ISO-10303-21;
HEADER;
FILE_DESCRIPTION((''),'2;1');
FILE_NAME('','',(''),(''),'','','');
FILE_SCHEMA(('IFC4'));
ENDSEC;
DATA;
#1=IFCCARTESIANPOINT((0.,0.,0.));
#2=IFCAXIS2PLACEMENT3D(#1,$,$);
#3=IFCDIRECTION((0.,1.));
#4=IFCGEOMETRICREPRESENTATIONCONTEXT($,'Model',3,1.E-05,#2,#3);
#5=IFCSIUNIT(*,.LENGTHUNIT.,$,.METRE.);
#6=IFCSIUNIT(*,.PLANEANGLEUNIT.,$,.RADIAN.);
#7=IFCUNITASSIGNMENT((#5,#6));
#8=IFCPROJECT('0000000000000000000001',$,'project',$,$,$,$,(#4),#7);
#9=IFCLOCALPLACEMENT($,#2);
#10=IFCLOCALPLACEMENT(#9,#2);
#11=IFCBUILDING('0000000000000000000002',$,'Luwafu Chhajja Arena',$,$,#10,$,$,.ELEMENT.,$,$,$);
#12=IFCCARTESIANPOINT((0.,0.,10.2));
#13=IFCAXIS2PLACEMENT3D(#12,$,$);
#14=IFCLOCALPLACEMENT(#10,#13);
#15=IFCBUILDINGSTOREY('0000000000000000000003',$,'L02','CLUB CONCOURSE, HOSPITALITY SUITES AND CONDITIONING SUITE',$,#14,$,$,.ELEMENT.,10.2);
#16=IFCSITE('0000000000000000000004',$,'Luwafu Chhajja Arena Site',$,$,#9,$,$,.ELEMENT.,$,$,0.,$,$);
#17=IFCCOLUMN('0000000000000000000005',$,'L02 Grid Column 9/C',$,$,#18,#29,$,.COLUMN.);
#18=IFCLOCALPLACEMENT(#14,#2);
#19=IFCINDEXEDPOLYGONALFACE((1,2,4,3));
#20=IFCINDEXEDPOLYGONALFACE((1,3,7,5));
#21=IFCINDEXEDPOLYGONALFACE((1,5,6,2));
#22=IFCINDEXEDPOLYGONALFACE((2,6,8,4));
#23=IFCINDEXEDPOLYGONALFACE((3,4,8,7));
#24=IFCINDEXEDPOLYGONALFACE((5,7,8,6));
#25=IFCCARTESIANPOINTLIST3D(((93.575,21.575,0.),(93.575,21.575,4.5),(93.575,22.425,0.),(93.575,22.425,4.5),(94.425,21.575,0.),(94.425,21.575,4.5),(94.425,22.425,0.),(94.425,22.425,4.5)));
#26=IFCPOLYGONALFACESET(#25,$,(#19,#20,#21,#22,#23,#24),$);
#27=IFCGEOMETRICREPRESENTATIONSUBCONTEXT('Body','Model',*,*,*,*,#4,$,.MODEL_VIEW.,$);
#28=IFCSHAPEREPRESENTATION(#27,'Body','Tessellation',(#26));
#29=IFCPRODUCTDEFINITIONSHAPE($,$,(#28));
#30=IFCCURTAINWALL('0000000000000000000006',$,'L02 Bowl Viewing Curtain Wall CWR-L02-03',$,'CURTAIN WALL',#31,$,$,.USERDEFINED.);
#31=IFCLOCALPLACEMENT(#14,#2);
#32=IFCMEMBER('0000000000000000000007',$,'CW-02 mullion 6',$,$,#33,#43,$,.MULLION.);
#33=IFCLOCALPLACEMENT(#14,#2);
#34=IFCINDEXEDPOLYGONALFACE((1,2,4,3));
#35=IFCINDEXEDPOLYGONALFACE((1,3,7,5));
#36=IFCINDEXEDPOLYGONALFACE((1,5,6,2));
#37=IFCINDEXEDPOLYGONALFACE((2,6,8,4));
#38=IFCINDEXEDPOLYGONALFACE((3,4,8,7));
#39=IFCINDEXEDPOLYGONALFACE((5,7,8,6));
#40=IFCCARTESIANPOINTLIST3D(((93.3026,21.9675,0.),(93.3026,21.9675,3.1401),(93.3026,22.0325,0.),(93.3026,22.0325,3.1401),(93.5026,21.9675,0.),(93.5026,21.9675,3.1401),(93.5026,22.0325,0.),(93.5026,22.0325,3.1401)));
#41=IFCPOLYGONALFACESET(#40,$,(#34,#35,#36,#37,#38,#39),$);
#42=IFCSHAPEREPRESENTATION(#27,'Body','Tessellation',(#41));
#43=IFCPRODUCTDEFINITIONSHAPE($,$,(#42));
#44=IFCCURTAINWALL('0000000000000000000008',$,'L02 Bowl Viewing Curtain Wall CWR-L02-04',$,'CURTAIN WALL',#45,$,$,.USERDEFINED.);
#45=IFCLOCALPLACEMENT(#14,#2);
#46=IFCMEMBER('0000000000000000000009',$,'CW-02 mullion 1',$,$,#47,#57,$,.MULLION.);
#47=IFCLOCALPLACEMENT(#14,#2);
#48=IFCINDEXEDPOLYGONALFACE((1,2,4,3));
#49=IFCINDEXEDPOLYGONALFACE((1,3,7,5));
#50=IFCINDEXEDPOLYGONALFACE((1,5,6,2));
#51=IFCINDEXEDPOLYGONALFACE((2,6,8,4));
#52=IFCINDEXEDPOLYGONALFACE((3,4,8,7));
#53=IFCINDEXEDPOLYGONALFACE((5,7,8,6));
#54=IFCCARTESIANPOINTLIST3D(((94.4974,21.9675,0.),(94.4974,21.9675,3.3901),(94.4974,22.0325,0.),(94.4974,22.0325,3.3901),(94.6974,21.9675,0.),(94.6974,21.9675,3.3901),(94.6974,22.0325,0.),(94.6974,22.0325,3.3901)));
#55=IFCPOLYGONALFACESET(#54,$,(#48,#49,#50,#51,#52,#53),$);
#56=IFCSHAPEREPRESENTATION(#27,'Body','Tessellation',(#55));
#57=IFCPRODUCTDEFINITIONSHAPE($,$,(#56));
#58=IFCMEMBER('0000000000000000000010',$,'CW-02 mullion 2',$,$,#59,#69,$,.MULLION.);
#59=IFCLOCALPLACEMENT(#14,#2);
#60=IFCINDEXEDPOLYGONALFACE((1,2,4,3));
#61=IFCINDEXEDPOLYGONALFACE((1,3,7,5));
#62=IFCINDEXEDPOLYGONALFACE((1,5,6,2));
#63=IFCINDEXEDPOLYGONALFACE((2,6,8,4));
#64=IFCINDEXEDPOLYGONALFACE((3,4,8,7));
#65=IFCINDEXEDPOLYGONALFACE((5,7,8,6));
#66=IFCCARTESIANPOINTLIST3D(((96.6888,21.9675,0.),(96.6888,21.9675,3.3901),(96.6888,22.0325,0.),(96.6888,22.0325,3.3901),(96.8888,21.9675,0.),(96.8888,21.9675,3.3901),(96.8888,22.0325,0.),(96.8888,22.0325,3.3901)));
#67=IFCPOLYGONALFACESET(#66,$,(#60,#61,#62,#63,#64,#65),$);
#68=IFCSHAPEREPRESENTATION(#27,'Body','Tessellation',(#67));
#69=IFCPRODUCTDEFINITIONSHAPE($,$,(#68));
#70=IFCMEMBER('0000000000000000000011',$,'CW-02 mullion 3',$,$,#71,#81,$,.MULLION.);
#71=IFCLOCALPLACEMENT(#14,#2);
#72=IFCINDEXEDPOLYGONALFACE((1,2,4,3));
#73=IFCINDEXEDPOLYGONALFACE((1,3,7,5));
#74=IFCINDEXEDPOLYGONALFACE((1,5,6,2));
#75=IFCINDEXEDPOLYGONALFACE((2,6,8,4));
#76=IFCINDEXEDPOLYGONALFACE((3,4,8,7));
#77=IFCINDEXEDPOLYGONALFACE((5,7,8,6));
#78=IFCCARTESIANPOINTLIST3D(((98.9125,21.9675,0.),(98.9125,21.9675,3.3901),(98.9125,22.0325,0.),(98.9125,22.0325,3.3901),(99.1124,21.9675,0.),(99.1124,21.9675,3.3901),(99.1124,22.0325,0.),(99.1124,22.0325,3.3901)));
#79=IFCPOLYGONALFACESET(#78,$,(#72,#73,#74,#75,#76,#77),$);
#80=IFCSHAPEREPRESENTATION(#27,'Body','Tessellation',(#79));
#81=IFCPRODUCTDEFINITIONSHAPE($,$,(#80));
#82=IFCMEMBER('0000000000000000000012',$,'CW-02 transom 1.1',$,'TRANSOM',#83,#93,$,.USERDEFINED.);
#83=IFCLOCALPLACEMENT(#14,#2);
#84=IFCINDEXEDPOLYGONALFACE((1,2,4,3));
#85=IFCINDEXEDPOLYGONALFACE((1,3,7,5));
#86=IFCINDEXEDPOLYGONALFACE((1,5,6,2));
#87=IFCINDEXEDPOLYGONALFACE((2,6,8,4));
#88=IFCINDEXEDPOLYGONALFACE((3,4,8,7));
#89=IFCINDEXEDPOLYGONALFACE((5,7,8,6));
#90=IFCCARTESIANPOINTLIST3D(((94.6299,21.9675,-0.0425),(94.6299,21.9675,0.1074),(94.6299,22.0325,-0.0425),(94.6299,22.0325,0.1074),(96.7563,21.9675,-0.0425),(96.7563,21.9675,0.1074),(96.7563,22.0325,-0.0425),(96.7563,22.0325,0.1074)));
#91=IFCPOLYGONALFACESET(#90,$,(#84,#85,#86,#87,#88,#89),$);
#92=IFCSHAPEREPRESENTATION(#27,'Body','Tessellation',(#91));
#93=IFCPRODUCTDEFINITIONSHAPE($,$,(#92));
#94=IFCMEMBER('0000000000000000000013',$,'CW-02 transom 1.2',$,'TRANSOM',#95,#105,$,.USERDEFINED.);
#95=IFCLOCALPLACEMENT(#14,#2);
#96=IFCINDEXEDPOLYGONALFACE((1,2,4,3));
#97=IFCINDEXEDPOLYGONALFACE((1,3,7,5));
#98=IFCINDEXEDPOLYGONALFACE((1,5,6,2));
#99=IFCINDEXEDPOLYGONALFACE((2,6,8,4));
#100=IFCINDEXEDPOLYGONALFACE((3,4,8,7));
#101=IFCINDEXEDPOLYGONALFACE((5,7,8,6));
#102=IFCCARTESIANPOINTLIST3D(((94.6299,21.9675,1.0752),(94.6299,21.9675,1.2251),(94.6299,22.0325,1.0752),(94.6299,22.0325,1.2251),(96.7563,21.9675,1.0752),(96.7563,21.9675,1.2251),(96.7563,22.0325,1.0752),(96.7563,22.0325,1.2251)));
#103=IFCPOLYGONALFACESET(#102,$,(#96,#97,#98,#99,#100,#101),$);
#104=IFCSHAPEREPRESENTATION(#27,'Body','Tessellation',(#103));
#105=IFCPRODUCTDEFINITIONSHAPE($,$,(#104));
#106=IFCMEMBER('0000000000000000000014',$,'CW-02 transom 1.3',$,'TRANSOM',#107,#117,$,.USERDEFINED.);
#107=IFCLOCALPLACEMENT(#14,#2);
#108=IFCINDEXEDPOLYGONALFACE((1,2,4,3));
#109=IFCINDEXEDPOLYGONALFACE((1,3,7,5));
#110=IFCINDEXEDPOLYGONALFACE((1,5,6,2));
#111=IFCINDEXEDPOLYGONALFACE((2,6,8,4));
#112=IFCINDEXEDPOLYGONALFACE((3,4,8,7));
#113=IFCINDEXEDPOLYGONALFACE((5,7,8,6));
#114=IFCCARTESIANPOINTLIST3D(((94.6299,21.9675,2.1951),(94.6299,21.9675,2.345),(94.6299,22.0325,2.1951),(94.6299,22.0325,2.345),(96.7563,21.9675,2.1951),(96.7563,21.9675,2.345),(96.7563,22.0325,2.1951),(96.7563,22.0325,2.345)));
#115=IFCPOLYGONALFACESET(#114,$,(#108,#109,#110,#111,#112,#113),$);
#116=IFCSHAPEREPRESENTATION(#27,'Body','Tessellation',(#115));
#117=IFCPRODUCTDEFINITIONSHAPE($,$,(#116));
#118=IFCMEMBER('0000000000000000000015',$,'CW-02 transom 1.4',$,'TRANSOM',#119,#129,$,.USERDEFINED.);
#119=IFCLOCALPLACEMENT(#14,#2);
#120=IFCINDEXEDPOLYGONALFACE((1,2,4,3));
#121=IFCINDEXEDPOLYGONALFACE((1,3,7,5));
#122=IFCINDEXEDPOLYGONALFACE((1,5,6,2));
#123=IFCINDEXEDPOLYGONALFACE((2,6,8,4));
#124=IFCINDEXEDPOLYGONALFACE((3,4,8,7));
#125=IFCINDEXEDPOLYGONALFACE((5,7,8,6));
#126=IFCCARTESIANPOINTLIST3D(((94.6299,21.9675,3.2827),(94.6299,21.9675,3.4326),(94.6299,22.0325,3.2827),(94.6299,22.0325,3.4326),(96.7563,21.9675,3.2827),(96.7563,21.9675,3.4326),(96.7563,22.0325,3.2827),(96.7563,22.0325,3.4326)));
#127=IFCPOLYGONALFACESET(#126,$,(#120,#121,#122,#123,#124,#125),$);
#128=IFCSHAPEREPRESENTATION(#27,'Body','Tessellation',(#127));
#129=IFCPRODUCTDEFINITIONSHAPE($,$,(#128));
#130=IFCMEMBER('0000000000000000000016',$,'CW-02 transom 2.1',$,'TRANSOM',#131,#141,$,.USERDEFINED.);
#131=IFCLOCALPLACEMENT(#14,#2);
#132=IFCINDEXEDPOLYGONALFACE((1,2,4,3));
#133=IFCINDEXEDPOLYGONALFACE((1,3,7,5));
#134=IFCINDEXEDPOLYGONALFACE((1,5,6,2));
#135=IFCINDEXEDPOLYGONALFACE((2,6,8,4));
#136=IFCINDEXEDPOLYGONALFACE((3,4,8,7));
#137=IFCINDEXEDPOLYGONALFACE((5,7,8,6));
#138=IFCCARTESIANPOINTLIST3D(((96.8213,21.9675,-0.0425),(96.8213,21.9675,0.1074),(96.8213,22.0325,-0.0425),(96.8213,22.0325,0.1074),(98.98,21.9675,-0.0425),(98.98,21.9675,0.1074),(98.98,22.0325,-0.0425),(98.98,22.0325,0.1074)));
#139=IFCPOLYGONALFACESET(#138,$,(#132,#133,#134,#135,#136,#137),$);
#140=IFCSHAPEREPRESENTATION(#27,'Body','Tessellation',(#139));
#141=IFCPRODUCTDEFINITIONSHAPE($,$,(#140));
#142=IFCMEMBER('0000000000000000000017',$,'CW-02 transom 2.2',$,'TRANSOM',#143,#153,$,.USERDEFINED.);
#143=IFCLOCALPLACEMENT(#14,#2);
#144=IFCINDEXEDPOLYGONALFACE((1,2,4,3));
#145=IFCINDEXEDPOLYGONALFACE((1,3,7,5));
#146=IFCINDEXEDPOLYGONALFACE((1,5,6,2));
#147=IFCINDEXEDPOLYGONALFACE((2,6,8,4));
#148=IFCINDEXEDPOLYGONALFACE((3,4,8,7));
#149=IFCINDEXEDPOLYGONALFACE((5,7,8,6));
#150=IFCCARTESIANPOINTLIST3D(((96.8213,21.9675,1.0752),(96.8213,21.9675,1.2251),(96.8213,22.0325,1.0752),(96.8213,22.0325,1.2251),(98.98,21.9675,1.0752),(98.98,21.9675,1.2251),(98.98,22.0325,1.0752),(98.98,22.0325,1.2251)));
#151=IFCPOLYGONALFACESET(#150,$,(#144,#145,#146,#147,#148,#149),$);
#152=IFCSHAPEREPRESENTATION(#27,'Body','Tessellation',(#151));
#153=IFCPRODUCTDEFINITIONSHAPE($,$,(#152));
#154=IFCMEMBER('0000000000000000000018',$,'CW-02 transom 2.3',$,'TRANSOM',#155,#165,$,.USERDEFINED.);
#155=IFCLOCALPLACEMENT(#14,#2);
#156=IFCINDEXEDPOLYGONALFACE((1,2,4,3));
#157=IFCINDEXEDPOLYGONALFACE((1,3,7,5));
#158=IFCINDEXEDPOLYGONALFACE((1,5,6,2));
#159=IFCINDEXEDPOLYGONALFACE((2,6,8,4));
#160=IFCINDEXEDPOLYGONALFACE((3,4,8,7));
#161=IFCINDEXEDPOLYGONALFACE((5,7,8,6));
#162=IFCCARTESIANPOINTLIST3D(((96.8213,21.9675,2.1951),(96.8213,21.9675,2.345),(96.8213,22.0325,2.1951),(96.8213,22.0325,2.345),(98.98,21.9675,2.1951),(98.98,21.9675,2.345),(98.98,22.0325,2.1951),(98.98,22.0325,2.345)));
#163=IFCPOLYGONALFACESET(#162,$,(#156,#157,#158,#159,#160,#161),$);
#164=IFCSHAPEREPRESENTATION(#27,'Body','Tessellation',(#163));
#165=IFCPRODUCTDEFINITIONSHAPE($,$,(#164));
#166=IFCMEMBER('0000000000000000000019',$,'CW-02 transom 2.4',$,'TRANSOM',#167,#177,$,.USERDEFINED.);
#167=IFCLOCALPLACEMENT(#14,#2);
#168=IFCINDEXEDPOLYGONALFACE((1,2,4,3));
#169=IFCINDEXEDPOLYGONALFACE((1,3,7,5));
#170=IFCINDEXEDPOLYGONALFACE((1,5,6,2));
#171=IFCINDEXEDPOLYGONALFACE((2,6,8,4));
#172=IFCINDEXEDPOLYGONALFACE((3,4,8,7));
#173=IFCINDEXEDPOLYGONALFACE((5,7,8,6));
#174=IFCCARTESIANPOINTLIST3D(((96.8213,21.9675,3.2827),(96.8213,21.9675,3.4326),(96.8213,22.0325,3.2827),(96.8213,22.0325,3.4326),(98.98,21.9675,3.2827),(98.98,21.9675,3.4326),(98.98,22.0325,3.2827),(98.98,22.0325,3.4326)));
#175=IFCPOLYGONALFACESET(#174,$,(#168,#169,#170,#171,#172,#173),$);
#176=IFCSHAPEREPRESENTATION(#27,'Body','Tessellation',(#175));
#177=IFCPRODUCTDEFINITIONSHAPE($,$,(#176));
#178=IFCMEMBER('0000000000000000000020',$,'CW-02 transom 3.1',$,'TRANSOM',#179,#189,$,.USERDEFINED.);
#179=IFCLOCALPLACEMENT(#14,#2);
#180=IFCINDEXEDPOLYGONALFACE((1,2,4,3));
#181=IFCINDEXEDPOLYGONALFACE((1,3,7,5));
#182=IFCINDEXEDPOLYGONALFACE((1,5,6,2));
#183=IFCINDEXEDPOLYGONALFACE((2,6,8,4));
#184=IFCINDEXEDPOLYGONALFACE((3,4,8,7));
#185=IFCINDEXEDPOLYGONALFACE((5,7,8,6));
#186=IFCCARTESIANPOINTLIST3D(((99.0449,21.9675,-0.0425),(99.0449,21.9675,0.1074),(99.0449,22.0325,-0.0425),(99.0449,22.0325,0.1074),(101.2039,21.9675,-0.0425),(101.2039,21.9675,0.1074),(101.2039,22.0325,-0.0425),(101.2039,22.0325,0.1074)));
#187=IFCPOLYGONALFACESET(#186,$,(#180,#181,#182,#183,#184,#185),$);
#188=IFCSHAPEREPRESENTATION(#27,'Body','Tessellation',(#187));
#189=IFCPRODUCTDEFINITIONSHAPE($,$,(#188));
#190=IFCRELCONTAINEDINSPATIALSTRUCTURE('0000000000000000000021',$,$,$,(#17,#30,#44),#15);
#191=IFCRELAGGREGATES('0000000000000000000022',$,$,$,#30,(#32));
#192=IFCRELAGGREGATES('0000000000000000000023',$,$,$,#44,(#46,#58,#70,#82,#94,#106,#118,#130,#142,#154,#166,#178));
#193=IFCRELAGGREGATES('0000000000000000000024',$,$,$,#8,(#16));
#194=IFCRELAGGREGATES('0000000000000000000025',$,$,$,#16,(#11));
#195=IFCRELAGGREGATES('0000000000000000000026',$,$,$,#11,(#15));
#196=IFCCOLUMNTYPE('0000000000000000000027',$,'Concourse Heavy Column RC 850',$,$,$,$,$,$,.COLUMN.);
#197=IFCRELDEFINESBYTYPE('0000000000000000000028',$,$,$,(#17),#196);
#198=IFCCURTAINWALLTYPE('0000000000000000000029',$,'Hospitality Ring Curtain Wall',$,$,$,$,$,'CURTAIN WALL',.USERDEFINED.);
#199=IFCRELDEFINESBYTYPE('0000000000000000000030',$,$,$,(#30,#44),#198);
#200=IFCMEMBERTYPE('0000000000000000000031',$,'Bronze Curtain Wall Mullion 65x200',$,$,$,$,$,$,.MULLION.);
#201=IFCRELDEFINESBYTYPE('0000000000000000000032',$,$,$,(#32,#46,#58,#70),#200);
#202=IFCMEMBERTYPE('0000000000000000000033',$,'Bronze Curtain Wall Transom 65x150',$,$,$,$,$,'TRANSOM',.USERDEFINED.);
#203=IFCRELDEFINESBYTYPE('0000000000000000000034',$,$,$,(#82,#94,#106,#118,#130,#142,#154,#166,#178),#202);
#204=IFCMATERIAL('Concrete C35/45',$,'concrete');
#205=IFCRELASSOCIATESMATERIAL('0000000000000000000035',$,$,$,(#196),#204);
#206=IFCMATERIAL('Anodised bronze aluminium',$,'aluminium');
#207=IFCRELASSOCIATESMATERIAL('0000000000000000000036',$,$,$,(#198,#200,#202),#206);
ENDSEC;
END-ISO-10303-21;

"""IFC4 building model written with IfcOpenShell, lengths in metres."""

from ifc_helpers import new_model, si_unit, direction, frame, origin, origin_2d, place, context, subcontext, project, spatial, rectangle, extrude, material, material_profile, profile_set, type_object, element, aggregate, save


model = new_model("IFC4")

# Units and contexts
model_context = context("Model", 3, precision=1e-05, world=origin(), true_north=direction((0.0, 1.0)))
body_context = subcontext(model_context, "Body", "Model", "MODEL_VIEW")
ifc_project = project(units=[si_unit("LENGTHUNIT", "METRE"), si_unit("PLANEANGLEUNIT", "RADIAN")], contexts=[model_context])

# Site, building, storey
site_placement = place(None, origin())
site = spatial("IfcSite", under=ifc_project, at=site_placement, Name="Luwafu Chhajja Arena Site", CompositionType="ELEMENT", RefElevation=0.0)
building_placement = place(site_placement, origin())
building = spatial("IfcBuilding", under=site, at=building_placement, Name="Luwafu Chhajja Arena", CompositionType="ELEMENT")
storey_placement = place(building_placement, frame((0.0, 0.0, 10.2)))
storey = spatial("IfcBuildingStorey", under=building, at=storey_placement, Name="L02", Description="CLUB CONCOURSE, HOSPITALITY SUITES AND CONDITIONING SUITE", CompositionType="ELEMENT", Elevation=10.2)

# Column
ifc_material_1 = material(Name="Concrete C35/45", Category="concrete")
ifc_material_profile_1 = material_profile(ifc_material_1, rectangle(XDim=0.8501, YDim=0.8501, at=origin_2d()), Name="RC 850x850")
ifc_profile_set_1 = profile_set([ifc_material_profile_1], Name="Concrete C35/45")
column_type = type_object("IfcColumnType", Name="Concourse Heavy Column RC 850", PredefinedType="COLUMN", material=ifc_profile_set_1)
column_placement = place(storey_placement, frame((94.0, 22.0, 0.0), z_axis=(0.0, 0.0, 1.0), x_axis=(1.0, 0.0, 0.0)))
element("IfcColumn", 1, at=column_placement, inside=storey, type_object=column_type, Name="L02 Grid Column 9/C", PredefinedType="COLUMN", context=body_context, shape_type="SweptSolid", body=[
    extrude(rectangle(XDim=0.8501, YDim=0.8501, at=origin_2d()), origin(), (0.0, 0.0, 1.0), 4.5),
])

# Curtain wall, member
ifc_material_2 = material(Name="Anodised bronze aluminium", Category="aluminium")
curtain_wall_type = type_object("IfcCurtainWallType", Name="Hospitality Ring Curtain Wall", ElementType="CURTAIN WALL", PredefinedType="USERDEFINED", material=ifc_material_2)
curtain_wall_1_placement = place(storey_placement, origin())
curtain_wall_1 = element("IfcCurtainWall", 2, at=curtain_wall_1_placement, inside=storey, type_object=curtain_wall_type, Name="L02 Bowl Viewing Curtain Wall CWR-L02-03", ObjectType="CURTAIN WALL", PredefinedType="USERDEFINED")
ifc_material_profile_2 = material_profile(ifc_material_2, rectangle(XDim=0.0649, YDim=0.2, at=origin_2d()), Name="CWM 65x200")
ifc_profile_set_2 = profile_set([ifc_material_profile_2], Name="Anodised bronze aluminium")
member_type_1 = type_object("IfcMemberType", Name="Bronze Curtain Wall Mullion 65x200", PredefinedType="MULLION", material=ifc_profile_set_2)
member_1_placement = place(storey_placement, frame((93.4026, 22.0, 0.0), z_axis=(0.0, 0.0, 1.0), x_axis=(0.0, 1.0, 0.0)))
member_1 = element("IfcMember", 3, at=member_1_placement, type_object=member_type_1, Name="CW-02 mullion 6", PredefinedType="MULLION", context=body_context, shape_type="SweptSolid", body=[
    extrude(rectangle(XDim=0.0649, YDim=0.2, at=origin_2d()), origin(), (0.0, 0.0, 1.0), 3.1401),
])

# Curtain wall, members
curtain_wall_2_placement = place(storey_placement, origin())
curtain_wall_2 = element("IfcCurtainWall", 4, at=curtain_wall_2_placement, inside=storey, type_object=curtain_wall_type, Name="L02 Bowl Viewing Curtain Wall CWR-L02-04", ObjectType="CURTAIN WALL", PredefinedType="USERDEFINED")
member_2_placement = place(storey_placement, frame((94.5974, 22.0, 0.0), z_axis=(0.0, 0.0, 1.0), x_axis=(0.0, 1.0, 0.0)))
member_2 = element("IfcMember", 5, at=member_2_placement, type_object=member_type_1, Name="CW-02 mullion 1", PredefinedType="MULLION", context=body_context, shape_type="SweptSolid", body=[
    extrude(rectangle(XDim=0.0649, YDim=0.2, at=origin_2d()), origin(), (0.0, 0.0, 1.0), 3.3901),
])
member_3_placement = place(storey_placement, frame((96.7888, 22.0, 0.0), z_axis=(0.0, 0.0, 1.0), x_axis=(0.0, 1.0, 0.0)))
member_3 = element("IfcMember", 6, at=member_3_placement, type_object=member_type_1, Name="CW-02 mullion 2", PredefinedType="MULLION", context=body_context, shape_type="SweptSolid", body=[
    extrude(rectangle(XDim=0.0649, YDim=0.2, at=origin_2d()), origin(), (0.0, 0.0, 1.0), 3.3901),
])
member_4_placement = place(storey_placement, frame((99.0125, 22.0, 0.0), z_axis=(0.0, 0.0, 1.0), x_axis=(0.0, 1.0, 0.0)))
member_4 = element("IfcMember", 7, at=member_4_placement, type_object=member_type_1, Name="CW-02 mullion 3", PredefinedType="MULLION", context=body_context, shape_type="SweptSolid", body=[
    extrude(rectangle(XDim=0.0649, YDim=0.2, at=origin_2d()), origin(), (0.0, 0.0, 1.0), 3.3901),
])
ifc_material_profile_3 = material_profile(ifc_material_2, rectangle(XDim=0.0649, YDim=0.1499, at=origin_2d()), Name="CWT 65x150")
ifc_profile_set_3 = profile_set([ifc_material_profile_3], Name="Anodised bronze aluminium")
member_type_2 = type_object("IfcMemberType", Name="Bronze Curtain Wall Transom 65x150", ElementType="TRANSOM", PredefinedType="USERDEFINED", material=ifc_profile_set_3)
member_5_placement = place(storey_placement, frame((94.6299, 22.0, 0.0325), z_axis=(1.0, 0.0, 0.0), x_axis=(0.0, 1.0, 0.0)))
member_5 = element("IfcMember", 8, at=member_5_placement, type_object=member_type_2, Name="CW-02 transom 1.1", ObjectType="TRANSOM", PredefinedType="USERDEFINED", context=body_context, shape_type="SweptSolid", body=[
    extrude(rectangle(XDim=0.0649, YDim=0.1499, at=origin_2d()), origin(), (0.0, 0.0, 1.0), 2.1265),
])
member_6_placement = place(storey_placement, frame((94.6299, 22.0, 1.1501), z_axis=(1.0, 0.0, 0.0), x_axis=(0.0, 1.0, 0.0)))
member_6 = element("IfcMember", 9, at=member_6_placement, type_object=member_type_2, Name="CW-02 transom 1.2", ObjectType="TRANSOM", PredefinedType="USERDEFINED", context=body_context, shape_type="SweptSolid", body=[
    extrude(rectangle(XDim=0.0649, YDim=0.1499, at=origin_2d()), origin(), (0.0, 0.0, 1.0), 2.1265),
])
member_7_placement = place(storey_placement, frame((94.6299, 22.0, 2.27), z_axis=(1.0, 0.0, 0.0), x_axis=(0.0, 1.0, 0.0)))
member_7 = element("IfcMember", 10, at=member_7_placement, type_object=member_type_2, Name="CW-02 transom 1.3", ObjectType="TRANSOM", PredefinedType="USERDEFINED", context=body_context, shape_type="SweptSolid", body=[
    extrude(rectangle(XDim=0.0649, YDim=0.1499, at=origin_2d()), origin(), (0.0, 0.0, 1.0), 2.1265),
])
member_8_placement = place(storey_placement, frame((94.6299, 22.0, 3.3577), z_axis=(1.0, 0.0, 0.0), x_axis=(0.0, 1.0, 0.0)))
member_8 = element("IfcMember", 11, at=member_8_placement, type_object=member_type_2, Name="CW-02 transom 1.4", ObjectType="TRANSOM", PredefinedType="USERDEFINED", context=body_context, shape_type="SweptSolid", body=[
    extrude(rectangle(XDim=0.0649, YDim=0.1499, at=origin_2d()), origin(), (0.0, 0.0, 1.0), 2.1265),
])
member_9_placement = place(storey_placement, frame((96.8213, 22.0, 0.0325), z_axis=(1.0, 0.0, 0.0), x_axis=(0.0, 1.0, 0.0)))
member_9 = element("IfcMember", 12, at=member_9_placement, type_object=member_type_2, Name="CW-02 transom 2.1", ObjectType="TRANSOM", PredefinedType="USERDEFINED", context=body_context, shape_type="SweptSolid", body=[
    extrude(rectangle(XDim=0.0649, YDim=0.1499, at=origin_2d()), origin(), (0.0, 0.0, 1.0), 2.1587),
])
member_10_placement = place(storey_placement, frame((96.8213, 22.0, 1.1501), z_axis=(1.0, 0.0, 0.0), x_axis=(0.0, 1.0, 0.0)))
member_10 = element("IfcMember", 13, at=member_10_placement, type_object=member_type_2, Name="CW-02 transom 2.2", ObjectType="TRANSOM", PredefinedType="USERDEFINED", context=body_context, shape_type="SweptSolid", body=[
    extrude(rectangle(XDim=0.0649, YDim=0.1499, at=origin_2d()), origin(), (0.0, 0.0, 1.0), 2.1587),
])
member_11_placement = place(storey_placement, frame((96.8213, 22.0, 2.27), z_axis=(1.0, 0.0, 0.0), x_axis=(0.0, 1.0, 0.0)))
member_11 = element("IfcMember", 14, at=member_11_placement, type_object=member_type_2, Name="CW-02 transom 2.3", ObjectType="TRANSOM", PredefinedType="USERDEFINED", context=body_context, shape_type="SweptSolid", body=[
    extrude(rectangle(XDim=0.0649, YDim=0.1499, at=origin_2d()), origin(), (0.0, 0.0, 1.0), 2.1587),
])
member_12_placement = place(storey_placement, frame((96.8213, 22.0, 3.3577), z_axis=(1.0, 0.0, 0.0), x_axis=(0.0, 1.0, 0.0)))
member_12 = element("IfcMember", 15, at=member_12_placement, type_object=member_type_2, Name="CW-02 transom 2.4", ObjectType="TRANSOM", PredefinedType="USERDEFINED", context=body_context, shape_type="SweptSolid", body=[
    extrude(rectangle(XDim=0.0649, YDim=0.1499, at=origin_2d()), origin(), (0.0, 0.0, 1.0), 2.1587),
])
member_13_placement = place(storey_placement, frame((99.0449, 22.0, 0.0325), z_axis=(1.0, 0.0, 0.0), x_axis=(0.0, 1.0, 0.0)))
member_13 = element("IfcMember", 16, at=member_13_placement, type_object=member_type_2, Name="CW-02 transom 3.1", ObjectType="TRANSOM", PredefinedType="USERDEFINED", context=body_context, shape_type="SweptSolid", body=[
    extrude(rectangle(XDim=0.0649, YDim=0.1499, at=origin_2d()), origin(), (0.0, 0.0, 1.0), 2.1589),
])

aggregate(curtain_wall_1, [member_1])
aggregate(curtain_wall_2, [member_2, member_3, member_4, member_5, member_6, member_7, member_8, member_9, member_10, member_11, member_12, member_13])

save(model, "model.ifc")
